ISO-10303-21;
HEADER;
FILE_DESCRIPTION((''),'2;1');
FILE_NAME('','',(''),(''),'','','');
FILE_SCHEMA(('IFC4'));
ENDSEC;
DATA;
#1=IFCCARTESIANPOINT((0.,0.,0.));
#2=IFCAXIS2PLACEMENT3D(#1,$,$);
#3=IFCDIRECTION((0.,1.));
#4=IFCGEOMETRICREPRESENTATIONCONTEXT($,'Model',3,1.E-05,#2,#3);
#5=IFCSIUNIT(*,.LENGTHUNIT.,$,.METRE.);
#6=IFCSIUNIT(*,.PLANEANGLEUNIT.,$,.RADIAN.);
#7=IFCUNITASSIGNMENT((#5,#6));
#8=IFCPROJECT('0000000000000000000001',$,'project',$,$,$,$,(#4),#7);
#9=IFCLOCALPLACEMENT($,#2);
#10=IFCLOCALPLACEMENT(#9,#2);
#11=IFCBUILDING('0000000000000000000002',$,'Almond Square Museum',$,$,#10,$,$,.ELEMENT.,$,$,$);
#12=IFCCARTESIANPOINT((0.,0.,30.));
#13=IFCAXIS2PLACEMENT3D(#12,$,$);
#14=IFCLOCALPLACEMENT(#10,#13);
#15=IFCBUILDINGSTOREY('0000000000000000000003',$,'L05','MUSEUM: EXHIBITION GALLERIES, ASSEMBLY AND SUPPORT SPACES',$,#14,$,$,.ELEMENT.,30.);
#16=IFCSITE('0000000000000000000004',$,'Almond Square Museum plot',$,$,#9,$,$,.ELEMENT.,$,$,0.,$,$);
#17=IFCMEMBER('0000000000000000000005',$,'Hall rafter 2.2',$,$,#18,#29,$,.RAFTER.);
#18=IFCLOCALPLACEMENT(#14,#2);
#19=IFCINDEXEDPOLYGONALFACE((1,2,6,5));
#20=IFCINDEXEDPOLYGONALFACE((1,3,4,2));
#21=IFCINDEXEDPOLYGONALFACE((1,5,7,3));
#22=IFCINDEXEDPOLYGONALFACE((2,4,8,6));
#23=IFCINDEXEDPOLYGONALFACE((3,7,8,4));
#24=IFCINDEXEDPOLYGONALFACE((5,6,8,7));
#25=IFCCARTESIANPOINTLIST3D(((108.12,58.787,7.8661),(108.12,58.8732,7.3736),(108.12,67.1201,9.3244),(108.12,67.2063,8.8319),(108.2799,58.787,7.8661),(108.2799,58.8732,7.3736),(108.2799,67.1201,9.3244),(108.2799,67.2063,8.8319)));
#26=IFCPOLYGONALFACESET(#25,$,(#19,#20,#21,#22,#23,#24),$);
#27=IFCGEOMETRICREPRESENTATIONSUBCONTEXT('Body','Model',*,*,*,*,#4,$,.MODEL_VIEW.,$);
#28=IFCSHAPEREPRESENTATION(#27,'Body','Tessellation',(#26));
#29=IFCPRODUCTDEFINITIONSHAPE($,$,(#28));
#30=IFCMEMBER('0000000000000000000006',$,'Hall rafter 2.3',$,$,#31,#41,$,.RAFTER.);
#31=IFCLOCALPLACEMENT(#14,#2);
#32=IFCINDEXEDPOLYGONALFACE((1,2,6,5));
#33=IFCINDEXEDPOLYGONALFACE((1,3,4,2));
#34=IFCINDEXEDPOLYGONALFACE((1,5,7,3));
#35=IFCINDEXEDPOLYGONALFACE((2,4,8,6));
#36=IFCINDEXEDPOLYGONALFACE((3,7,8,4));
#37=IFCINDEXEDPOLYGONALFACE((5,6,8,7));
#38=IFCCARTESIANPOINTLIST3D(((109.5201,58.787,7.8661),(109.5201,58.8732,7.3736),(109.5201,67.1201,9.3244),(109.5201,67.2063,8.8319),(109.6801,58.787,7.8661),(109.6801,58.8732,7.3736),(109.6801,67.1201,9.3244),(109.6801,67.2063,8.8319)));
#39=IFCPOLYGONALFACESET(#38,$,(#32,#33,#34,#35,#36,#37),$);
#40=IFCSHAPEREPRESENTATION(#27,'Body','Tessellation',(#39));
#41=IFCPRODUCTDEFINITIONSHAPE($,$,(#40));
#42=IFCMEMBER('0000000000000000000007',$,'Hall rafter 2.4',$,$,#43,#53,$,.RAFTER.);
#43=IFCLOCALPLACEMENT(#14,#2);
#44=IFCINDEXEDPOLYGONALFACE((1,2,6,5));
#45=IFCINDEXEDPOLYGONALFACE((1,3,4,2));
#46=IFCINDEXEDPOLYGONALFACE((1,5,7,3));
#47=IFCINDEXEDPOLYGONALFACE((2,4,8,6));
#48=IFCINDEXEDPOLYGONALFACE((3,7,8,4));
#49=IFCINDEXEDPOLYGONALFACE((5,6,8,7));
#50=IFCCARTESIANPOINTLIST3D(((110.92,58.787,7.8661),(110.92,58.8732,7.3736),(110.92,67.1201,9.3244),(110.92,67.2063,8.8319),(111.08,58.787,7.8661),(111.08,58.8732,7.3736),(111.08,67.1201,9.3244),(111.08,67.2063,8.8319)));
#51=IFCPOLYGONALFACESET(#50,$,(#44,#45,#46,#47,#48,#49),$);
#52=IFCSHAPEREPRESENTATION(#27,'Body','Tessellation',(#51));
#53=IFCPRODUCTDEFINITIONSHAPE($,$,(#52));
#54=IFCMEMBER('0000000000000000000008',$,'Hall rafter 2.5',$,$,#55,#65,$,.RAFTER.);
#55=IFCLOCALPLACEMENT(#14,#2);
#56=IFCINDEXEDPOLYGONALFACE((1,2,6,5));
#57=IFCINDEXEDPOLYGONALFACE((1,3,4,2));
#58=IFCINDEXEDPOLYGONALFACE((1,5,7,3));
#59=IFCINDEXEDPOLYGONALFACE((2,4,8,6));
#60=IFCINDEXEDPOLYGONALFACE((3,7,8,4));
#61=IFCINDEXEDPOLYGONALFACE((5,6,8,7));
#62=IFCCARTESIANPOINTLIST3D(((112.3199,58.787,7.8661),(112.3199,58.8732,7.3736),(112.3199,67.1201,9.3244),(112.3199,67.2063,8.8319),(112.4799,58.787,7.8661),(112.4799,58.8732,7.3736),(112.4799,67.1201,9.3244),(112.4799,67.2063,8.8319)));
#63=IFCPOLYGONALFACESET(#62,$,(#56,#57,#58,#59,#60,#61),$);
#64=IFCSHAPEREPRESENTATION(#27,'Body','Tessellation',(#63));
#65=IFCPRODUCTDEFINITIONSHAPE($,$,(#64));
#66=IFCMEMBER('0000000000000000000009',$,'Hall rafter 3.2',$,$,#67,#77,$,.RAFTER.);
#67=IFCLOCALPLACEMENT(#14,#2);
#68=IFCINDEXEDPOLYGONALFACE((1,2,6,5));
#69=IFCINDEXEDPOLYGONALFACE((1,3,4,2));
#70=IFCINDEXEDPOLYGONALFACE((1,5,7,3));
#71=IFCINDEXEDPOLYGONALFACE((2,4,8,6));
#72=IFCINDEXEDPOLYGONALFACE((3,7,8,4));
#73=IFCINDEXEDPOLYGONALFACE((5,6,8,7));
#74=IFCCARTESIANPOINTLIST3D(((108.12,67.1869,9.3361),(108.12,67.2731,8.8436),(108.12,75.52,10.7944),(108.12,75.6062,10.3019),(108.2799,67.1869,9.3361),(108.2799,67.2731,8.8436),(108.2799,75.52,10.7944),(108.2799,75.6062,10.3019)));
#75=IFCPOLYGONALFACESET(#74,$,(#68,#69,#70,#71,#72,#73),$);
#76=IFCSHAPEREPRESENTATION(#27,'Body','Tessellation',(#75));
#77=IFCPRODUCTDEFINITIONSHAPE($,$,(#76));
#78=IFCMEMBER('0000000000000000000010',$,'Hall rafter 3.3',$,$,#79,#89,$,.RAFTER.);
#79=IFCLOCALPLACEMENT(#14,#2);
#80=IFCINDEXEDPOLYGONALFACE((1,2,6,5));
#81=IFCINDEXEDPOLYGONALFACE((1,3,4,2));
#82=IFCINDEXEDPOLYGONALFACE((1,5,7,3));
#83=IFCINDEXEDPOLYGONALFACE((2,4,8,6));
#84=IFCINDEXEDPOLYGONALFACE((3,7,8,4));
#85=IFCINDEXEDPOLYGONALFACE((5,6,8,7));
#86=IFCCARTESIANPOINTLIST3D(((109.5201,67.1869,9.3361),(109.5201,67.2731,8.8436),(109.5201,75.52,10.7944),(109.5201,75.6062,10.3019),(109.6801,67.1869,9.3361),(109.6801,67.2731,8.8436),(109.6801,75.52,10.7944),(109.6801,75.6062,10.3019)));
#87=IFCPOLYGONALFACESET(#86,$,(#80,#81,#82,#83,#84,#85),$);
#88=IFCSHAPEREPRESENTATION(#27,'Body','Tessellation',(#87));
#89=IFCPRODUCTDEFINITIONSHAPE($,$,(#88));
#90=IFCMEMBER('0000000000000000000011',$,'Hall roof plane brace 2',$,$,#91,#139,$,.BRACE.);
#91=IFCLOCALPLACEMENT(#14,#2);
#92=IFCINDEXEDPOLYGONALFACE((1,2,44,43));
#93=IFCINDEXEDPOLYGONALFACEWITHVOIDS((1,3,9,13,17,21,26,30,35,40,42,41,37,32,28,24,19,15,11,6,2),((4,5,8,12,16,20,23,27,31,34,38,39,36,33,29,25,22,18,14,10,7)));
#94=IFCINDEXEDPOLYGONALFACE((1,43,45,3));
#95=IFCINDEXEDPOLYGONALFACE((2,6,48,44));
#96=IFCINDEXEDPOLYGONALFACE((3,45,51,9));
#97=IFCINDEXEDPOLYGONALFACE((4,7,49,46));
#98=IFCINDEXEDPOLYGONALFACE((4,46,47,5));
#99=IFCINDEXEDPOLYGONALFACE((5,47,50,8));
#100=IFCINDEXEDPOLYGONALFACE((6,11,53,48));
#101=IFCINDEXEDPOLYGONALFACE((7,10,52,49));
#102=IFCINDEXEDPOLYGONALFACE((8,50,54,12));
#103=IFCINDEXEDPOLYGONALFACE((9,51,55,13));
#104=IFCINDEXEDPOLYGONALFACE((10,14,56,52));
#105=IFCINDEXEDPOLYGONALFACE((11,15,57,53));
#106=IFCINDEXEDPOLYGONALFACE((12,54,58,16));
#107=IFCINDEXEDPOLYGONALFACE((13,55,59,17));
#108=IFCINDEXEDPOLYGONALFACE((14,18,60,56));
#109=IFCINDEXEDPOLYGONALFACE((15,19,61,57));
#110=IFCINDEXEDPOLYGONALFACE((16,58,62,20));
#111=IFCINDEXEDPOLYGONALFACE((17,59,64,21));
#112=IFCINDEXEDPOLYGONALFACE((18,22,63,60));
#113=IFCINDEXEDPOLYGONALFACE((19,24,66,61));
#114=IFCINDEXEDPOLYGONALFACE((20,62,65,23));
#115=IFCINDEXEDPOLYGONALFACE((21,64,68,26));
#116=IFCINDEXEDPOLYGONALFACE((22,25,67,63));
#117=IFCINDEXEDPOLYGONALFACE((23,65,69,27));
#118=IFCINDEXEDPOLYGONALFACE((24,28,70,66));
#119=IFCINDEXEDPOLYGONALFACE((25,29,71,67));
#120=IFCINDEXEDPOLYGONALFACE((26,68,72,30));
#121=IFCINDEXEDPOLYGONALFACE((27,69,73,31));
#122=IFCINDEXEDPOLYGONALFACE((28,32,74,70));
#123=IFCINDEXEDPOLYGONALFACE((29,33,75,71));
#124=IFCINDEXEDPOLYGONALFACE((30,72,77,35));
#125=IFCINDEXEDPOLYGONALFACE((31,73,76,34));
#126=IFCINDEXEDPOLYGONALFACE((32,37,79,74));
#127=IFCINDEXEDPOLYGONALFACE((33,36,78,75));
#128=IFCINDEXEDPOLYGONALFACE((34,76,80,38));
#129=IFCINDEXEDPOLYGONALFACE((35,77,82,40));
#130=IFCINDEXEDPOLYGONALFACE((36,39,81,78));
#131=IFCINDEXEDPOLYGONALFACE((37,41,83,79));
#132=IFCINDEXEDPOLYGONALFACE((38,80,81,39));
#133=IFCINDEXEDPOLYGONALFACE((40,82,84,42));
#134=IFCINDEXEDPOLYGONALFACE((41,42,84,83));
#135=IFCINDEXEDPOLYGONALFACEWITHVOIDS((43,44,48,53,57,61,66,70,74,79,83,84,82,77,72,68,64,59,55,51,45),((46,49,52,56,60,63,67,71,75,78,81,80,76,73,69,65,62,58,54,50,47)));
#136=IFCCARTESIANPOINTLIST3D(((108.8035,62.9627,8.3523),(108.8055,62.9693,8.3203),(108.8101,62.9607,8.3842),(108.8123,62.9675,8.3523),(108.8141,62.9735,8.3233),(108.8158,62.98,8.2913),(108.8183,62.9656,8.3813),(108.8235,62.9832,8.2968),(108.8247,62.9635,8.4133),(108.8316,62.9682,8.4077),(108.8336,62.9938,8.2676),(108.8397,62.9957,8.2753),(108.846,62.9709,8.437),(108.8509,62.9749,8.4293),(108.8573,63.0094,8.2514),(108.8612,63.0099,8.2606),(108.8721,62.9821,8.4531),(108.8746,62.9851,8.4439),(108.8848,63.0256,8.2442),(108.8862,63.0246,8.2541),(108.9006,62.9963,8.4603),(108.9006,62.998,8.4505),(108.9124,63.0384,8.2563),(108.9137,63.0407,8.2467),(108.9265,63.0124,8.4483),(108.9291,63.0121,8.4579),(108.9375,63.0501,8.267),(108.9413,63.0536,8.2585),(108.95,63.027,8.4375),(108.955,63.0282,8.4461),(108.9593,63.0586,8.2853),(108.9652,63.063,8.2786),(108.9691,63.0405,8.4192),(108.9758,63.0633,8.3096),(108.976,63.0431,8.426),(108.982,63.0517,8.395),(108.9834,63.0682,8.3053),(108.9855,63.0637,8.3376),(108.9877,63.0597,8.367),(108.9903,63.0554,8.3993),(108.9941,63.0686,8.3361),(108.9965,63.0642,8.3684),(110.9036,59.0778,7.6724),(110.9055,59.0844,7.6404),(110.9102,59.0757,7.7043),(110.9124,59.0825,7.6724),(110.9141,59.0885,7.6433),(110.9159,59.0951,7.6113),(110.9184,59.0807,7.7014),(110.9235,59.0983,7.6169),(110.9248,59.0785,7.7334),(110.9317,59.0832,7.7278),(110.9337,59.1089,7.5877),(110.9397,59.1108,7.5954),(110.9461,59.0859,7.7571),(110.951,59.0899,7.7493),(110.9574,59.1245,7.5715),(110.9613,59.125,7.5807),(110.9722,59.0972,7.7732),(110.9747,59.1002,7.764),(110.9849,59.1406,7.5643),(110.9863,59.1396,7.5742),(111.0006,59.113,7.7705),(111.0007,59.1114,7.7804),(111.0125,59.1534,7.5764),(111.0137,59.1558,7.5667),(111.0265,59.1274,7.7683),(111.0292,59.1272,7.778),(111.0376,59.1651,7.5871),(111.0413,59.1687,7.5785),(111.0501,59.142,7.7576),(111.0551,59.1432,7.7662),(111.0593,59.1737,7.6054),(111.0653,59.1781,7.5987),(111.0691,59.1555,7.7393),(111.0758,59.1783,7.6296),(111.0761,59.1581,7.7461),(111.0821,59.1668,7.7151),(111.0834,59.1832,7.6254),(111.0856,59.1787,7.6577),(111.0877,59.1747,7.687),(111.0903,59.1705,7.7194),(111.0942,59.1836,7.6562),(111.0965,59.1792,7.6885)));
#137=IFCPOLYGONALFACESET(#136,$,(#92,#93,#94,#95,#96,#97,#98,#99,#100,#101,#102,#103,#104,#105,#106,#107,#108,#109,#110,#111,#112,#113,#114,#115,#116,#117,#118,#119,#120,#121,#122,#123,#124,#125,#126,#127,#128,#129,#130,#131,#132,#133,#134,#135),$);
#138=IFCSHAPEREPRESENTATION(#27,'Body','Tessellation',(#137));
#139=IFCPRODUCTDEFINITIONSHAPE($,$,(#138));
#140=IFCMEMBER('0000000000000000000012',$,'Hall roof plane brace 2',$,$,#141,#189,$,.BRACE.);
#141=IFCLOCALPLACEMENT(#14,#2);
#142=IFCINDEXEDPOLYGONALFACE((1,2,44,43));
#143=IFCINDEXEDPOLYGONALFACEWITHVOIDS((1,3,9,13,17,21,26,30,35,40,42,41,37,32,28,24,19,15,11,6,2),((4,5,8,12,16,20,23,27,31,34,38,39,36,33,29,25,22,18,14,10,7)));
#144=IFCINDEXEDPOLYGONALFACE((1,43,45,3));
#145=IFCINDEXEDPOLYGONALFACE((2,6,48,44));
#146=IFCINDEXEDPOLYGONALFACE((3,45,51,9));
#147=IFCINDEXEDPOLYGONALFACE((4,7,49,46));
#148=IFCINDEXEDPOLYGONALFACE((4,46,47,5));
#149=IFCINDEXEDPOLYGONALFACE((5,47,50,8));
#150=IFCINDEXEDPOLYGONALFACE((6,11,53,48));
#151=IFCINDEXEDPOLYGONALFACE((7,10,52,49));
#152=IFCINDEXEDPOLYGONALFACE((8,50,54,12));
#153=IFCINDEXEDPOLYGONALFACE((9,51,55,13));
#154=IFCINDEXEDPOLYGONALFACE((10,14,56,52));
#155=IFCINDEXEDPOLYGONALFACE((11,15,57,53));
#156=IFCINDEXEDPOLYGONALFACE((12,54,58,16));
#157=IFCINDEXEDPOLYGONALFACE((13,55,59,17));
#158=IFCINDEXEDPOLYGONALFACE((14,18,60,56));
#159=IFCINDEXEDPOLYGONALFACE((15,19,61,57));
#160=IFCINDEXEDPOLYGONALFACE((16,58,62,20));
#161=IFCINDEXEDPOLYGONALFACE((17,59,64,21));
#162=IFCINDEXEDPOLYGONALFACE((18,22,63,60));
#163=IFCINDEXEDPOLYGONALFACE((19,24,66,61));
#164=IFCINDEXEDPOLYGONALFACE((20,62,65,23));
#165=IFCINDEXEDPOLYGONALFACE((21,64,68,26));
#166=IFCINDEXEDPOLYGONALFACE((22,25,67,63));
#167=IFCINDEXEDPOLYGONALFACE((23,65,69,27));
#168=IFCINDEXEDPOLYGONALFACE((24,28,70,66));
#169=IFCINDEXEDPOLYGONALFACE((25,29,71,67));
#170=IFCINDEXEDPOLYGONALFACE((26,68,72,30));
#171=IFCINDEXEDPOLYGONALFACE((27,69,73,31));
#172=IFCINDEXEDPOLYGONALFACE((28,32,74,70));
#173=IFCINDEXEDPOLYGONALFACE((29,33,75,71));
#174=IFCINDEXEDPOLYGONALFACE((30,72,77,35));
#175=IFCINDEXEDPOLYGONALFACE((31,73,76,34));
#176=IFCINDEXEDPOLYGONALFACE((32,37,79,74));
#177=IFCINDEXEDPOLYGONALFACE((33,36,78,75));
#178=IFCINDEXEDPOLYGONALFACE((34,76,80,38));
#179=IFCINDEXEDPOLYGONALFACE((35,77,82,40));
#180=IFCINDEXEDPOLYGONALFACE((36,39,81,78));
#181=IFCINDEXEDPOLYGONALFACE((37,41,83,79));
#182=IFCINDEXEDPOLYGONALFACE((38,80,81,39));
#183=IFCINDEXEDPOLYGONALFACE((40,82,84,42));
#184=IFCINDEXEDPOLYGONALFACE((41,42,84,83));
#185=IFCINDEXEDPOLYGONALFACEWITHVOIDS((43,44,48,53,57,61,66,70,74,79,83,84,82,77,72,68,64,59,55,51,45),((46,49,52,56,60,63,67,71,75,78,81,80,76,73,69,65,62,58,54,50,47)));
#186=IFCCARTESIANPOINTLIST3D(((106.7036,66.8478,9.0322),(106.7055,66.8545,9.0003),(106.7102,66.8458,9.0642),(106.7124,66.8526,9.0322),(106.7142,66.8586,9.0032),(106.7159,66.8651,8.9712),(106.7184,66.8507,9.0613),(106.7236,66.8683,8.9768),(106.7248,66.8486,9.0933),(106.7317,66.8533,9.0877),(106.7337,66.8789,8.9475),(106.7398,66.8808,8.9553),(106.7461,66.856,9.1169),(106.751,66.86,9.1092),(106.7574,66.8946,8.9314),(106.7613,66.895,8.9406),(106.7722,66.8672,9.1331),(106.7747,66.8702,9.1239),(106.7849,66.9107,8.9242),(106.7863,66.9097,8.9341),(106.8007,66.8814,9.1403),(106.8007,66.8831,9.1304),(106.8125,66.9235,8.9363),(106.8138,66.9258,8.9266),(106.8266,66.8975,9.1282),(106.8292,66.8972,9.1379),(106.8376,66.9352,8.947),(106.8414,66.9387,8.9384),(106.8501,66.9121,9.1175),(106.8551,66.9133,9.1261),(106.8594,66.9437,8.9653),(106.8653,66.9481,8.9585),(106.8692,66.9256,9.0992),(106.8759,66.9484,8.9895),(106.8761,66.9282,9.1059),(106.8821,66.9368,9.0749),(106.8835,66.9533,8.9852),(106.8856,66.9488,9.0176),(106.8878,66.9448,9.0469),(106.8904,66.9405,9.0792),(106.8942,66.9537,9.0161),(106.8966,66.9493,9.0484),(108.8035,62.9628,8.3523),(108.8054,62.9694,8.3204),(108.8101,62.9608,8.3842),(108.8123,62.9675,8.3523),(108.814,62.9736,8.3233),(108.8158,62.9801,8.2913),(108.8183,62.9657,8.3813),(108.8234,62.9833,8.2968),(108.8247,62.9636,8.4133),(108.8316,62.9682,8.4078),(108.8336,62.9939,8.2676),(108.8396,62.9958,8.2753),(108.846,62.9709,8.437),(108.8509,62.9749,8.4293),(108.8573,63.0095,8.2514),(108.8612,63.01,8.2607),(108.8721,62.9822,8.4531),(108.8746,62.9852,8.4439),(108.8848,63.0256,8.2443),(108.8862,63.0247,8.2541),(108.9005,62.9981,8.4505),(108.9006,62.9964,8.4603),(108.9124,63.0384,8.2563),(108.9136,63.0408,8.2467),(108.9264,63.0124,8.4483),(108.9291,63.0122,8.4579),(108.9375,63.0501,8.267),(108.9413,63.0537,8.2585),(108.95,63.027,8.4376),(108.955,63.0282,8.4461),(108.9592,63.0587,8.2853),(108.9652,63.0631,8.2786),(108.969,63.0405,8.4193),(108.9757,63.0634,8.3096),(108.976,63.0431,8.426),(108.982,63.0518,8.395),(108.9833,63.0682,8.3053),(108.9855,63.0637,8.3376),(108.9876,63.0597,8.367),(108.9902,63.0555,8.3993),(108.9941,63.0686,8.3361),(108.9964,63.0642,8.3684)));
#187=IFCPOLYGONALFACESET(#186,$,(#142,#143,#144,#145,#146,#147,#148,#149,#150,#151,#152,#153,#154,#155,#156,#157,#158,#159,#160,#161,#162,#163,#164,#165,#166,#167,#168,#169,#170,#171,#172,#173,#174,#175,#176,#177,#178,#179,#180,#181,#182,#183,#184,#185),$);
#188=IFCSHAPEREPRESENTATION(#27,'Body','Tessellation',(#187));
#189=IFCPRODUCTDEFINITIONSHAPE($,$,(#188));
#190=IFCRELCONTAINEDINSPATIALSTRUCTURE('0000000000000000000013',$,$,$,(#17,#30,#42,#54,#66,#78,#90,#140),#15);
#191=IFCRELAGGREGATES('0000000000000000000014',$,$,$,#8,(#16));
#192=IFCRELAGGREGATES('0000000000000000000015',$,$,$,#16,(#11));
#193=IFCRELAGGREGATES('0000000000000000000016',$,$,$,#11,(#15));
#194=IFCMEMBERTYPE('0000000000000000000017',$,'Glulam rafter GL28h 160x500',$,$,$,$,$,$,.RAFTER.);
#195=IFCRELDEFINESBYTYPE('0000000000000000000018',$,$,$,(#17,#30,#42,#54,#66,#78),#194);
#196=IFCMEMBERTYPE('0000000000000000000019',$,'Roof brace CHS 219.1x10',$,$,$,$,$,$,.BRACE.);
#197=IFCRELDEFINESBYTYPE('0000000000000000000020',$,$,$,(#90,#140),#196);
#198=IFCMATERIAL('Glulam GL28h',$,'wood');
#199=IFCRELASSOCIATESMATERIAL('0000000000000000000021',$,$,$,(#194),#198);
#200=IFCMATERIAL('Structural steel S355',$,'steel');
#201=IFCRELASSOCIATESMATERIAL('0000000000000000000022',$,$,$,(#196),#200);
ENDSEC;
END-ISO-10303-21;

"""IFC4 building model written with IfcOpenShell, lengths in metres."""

from ifc_helpers import new_model, si_unit, direction, frame, origin, origin_2d, place, context, subcontext, project, spatial, rectangle, hollow_circle, extrude, material, material_profile, profile_set, type_object, element, save


model = new_model("IFC4")

# Units and contexts
model_context = context("Model", 3, precision=1e-05, world=origin(), true_north=direction((0.0, 1.0)))
body_context = subcontext(model_context, "Body", "Model", "MODEL_VIEW")
ifc_project = project(units=[si_unit("LENGTHUNIT", "METRE"), si_unit("PLANEANGLEUNIT", "RADIAN")], contexts=[model_context])

# Site, building, storey
site_placement = place(None, origin())
site = spatial("IfcSite", under=ifc_project, at=site_placement, Name="Almond Square Museum plot", CompositionType="ELEMENT", RefElevation=0.0)
building_placement = place(site_placement, origin())
building = spatial("IfcBuilding", under=site, at=building_placement, Name="Almond Square Museum", CompositionType="ELEMENT")
storey_placement = place(building_placement, frame((0.0, 0.0, 30.0)))
storey = spatial("IfcBuildingStorey", under=building, at=storey_placement, Name="L05", Description="MUSEUM: EXHIBITION GALLERIES, ASSEMBLY AND SUPPORT SPACES", CompositionType="ELEMENT", Elevation=30.0)

# Members
ifc_material_1 = material(Name="Glulam GL28h", Category="wood")
ifc_material_profile_1 = material_profile(ifc_material_1, rectangle(XDim=0.1599, YDim=0.5, at=origin_2d()))
ifc_profile_set_1 = profile_set([ifc_material_profile_1], Name="Glulam GL28h")
member_type_1 = type_object("IfcMemberType", Name="Glulam rafter GL28h 160x500", PredefinedType="RAFTER", material=ifc_profile_set_1)
for number, where, z_axis, x_axis, name in (
    (1, (108.2, 58.8301, 7.6199), (0.0, 0.985031, 0.172378), (-1.0, 0.0, 0.0), "Hall rafter 2.2"),
    (2, (109.6001, 58.8301, 7.6199), (0.0, 0.985031, 0.172378), (-1.0, 0.0, 0.0), "Hall rafter 2.3"),
    (3, (111.0, 58.8301, 7.6199), (0.0, 0.985031, 0.172378), (-1.0, 0.0, 0.0), "Hall rafter 2.4"),
    (4, (112.3999, 58.8301, 7.6199), (0.0, 0.985031, 0.172378), (-1.0, 0.0, 0.0), "Hall rafter 2.5"),
    (5, (108.2, 67.23, 9.0898), (0.0, 0.985031, 0.172378), (-1.0, 0.0, 0.0), "Hall rafter 3.2"),
    (6, (109.6001, 67.23, 9.0898), (0.0, 0.985031, 0.172378), (-1.0, 0.0, 0.0), "Hall rafter 3.3"),
):
    element("IfcMember", number, at=place(storey_placement, frame(where, z_axis=z_axis, x_axis=x_axis)), inside=storey, type_object=member_type_1, Name=name, PredefinedType="RAFTER", context=body_context, shape_type="SweptSolid", body=[
        extrude(rectangle(XDim=0.1599, YDim=0.5, at=origin_2d()), origin(), (0.0, 0.0, 1.0), 8.4597),
    ])
ifc_material_2 = material(Name="Structural steel S355", Category="steel")
ifc_material_profile_2 = material_profile(ifc_material_2, hollow_circle(Radius=0.1096, WallThickness=0.01, at=origin_2d()))
ifc_profile_set_2 = profile_set([ifc_material_profile_2], Name="Structural steel S355")
member_type_2 = type_object("IfcMemberType", Name="Roof brace CHS 219.1x10", PredefinedType="BRACE", material=ifc_profile_set_2)
for number, where, z_axis, x_axis, name in (
    (7, (111.0, 59.1299, 7.6724), (-0.469996, 0.869454, 0.152167), (-0.879698, -0.475533, 0.0), "Hall roof plane brace 2"),
    (8, (108.8999, 63.0149, 8.3523), (-0.469953, 0.869476, 0.152171), (-0.879721, -0.47549, 0.0), "Hall roof plane brace 2"),
):
    element("IfcMember", number, at=place(storey_placement, frame(where, z_axis=z_axis, x_axis=x_axis)), inside=storey, type_object=member_type_2, Name=name, PredefinedType="BRACE", context=body_context, shape_type="SweptSolid", body=[
        extrude(hollow_circle(Radius=0.1096, WallThickness=0.01, at=origin_2d()), origin(), (0.0, 0.0, 1.0), 4.4683),
    ])

save(model, "model.ifc")
